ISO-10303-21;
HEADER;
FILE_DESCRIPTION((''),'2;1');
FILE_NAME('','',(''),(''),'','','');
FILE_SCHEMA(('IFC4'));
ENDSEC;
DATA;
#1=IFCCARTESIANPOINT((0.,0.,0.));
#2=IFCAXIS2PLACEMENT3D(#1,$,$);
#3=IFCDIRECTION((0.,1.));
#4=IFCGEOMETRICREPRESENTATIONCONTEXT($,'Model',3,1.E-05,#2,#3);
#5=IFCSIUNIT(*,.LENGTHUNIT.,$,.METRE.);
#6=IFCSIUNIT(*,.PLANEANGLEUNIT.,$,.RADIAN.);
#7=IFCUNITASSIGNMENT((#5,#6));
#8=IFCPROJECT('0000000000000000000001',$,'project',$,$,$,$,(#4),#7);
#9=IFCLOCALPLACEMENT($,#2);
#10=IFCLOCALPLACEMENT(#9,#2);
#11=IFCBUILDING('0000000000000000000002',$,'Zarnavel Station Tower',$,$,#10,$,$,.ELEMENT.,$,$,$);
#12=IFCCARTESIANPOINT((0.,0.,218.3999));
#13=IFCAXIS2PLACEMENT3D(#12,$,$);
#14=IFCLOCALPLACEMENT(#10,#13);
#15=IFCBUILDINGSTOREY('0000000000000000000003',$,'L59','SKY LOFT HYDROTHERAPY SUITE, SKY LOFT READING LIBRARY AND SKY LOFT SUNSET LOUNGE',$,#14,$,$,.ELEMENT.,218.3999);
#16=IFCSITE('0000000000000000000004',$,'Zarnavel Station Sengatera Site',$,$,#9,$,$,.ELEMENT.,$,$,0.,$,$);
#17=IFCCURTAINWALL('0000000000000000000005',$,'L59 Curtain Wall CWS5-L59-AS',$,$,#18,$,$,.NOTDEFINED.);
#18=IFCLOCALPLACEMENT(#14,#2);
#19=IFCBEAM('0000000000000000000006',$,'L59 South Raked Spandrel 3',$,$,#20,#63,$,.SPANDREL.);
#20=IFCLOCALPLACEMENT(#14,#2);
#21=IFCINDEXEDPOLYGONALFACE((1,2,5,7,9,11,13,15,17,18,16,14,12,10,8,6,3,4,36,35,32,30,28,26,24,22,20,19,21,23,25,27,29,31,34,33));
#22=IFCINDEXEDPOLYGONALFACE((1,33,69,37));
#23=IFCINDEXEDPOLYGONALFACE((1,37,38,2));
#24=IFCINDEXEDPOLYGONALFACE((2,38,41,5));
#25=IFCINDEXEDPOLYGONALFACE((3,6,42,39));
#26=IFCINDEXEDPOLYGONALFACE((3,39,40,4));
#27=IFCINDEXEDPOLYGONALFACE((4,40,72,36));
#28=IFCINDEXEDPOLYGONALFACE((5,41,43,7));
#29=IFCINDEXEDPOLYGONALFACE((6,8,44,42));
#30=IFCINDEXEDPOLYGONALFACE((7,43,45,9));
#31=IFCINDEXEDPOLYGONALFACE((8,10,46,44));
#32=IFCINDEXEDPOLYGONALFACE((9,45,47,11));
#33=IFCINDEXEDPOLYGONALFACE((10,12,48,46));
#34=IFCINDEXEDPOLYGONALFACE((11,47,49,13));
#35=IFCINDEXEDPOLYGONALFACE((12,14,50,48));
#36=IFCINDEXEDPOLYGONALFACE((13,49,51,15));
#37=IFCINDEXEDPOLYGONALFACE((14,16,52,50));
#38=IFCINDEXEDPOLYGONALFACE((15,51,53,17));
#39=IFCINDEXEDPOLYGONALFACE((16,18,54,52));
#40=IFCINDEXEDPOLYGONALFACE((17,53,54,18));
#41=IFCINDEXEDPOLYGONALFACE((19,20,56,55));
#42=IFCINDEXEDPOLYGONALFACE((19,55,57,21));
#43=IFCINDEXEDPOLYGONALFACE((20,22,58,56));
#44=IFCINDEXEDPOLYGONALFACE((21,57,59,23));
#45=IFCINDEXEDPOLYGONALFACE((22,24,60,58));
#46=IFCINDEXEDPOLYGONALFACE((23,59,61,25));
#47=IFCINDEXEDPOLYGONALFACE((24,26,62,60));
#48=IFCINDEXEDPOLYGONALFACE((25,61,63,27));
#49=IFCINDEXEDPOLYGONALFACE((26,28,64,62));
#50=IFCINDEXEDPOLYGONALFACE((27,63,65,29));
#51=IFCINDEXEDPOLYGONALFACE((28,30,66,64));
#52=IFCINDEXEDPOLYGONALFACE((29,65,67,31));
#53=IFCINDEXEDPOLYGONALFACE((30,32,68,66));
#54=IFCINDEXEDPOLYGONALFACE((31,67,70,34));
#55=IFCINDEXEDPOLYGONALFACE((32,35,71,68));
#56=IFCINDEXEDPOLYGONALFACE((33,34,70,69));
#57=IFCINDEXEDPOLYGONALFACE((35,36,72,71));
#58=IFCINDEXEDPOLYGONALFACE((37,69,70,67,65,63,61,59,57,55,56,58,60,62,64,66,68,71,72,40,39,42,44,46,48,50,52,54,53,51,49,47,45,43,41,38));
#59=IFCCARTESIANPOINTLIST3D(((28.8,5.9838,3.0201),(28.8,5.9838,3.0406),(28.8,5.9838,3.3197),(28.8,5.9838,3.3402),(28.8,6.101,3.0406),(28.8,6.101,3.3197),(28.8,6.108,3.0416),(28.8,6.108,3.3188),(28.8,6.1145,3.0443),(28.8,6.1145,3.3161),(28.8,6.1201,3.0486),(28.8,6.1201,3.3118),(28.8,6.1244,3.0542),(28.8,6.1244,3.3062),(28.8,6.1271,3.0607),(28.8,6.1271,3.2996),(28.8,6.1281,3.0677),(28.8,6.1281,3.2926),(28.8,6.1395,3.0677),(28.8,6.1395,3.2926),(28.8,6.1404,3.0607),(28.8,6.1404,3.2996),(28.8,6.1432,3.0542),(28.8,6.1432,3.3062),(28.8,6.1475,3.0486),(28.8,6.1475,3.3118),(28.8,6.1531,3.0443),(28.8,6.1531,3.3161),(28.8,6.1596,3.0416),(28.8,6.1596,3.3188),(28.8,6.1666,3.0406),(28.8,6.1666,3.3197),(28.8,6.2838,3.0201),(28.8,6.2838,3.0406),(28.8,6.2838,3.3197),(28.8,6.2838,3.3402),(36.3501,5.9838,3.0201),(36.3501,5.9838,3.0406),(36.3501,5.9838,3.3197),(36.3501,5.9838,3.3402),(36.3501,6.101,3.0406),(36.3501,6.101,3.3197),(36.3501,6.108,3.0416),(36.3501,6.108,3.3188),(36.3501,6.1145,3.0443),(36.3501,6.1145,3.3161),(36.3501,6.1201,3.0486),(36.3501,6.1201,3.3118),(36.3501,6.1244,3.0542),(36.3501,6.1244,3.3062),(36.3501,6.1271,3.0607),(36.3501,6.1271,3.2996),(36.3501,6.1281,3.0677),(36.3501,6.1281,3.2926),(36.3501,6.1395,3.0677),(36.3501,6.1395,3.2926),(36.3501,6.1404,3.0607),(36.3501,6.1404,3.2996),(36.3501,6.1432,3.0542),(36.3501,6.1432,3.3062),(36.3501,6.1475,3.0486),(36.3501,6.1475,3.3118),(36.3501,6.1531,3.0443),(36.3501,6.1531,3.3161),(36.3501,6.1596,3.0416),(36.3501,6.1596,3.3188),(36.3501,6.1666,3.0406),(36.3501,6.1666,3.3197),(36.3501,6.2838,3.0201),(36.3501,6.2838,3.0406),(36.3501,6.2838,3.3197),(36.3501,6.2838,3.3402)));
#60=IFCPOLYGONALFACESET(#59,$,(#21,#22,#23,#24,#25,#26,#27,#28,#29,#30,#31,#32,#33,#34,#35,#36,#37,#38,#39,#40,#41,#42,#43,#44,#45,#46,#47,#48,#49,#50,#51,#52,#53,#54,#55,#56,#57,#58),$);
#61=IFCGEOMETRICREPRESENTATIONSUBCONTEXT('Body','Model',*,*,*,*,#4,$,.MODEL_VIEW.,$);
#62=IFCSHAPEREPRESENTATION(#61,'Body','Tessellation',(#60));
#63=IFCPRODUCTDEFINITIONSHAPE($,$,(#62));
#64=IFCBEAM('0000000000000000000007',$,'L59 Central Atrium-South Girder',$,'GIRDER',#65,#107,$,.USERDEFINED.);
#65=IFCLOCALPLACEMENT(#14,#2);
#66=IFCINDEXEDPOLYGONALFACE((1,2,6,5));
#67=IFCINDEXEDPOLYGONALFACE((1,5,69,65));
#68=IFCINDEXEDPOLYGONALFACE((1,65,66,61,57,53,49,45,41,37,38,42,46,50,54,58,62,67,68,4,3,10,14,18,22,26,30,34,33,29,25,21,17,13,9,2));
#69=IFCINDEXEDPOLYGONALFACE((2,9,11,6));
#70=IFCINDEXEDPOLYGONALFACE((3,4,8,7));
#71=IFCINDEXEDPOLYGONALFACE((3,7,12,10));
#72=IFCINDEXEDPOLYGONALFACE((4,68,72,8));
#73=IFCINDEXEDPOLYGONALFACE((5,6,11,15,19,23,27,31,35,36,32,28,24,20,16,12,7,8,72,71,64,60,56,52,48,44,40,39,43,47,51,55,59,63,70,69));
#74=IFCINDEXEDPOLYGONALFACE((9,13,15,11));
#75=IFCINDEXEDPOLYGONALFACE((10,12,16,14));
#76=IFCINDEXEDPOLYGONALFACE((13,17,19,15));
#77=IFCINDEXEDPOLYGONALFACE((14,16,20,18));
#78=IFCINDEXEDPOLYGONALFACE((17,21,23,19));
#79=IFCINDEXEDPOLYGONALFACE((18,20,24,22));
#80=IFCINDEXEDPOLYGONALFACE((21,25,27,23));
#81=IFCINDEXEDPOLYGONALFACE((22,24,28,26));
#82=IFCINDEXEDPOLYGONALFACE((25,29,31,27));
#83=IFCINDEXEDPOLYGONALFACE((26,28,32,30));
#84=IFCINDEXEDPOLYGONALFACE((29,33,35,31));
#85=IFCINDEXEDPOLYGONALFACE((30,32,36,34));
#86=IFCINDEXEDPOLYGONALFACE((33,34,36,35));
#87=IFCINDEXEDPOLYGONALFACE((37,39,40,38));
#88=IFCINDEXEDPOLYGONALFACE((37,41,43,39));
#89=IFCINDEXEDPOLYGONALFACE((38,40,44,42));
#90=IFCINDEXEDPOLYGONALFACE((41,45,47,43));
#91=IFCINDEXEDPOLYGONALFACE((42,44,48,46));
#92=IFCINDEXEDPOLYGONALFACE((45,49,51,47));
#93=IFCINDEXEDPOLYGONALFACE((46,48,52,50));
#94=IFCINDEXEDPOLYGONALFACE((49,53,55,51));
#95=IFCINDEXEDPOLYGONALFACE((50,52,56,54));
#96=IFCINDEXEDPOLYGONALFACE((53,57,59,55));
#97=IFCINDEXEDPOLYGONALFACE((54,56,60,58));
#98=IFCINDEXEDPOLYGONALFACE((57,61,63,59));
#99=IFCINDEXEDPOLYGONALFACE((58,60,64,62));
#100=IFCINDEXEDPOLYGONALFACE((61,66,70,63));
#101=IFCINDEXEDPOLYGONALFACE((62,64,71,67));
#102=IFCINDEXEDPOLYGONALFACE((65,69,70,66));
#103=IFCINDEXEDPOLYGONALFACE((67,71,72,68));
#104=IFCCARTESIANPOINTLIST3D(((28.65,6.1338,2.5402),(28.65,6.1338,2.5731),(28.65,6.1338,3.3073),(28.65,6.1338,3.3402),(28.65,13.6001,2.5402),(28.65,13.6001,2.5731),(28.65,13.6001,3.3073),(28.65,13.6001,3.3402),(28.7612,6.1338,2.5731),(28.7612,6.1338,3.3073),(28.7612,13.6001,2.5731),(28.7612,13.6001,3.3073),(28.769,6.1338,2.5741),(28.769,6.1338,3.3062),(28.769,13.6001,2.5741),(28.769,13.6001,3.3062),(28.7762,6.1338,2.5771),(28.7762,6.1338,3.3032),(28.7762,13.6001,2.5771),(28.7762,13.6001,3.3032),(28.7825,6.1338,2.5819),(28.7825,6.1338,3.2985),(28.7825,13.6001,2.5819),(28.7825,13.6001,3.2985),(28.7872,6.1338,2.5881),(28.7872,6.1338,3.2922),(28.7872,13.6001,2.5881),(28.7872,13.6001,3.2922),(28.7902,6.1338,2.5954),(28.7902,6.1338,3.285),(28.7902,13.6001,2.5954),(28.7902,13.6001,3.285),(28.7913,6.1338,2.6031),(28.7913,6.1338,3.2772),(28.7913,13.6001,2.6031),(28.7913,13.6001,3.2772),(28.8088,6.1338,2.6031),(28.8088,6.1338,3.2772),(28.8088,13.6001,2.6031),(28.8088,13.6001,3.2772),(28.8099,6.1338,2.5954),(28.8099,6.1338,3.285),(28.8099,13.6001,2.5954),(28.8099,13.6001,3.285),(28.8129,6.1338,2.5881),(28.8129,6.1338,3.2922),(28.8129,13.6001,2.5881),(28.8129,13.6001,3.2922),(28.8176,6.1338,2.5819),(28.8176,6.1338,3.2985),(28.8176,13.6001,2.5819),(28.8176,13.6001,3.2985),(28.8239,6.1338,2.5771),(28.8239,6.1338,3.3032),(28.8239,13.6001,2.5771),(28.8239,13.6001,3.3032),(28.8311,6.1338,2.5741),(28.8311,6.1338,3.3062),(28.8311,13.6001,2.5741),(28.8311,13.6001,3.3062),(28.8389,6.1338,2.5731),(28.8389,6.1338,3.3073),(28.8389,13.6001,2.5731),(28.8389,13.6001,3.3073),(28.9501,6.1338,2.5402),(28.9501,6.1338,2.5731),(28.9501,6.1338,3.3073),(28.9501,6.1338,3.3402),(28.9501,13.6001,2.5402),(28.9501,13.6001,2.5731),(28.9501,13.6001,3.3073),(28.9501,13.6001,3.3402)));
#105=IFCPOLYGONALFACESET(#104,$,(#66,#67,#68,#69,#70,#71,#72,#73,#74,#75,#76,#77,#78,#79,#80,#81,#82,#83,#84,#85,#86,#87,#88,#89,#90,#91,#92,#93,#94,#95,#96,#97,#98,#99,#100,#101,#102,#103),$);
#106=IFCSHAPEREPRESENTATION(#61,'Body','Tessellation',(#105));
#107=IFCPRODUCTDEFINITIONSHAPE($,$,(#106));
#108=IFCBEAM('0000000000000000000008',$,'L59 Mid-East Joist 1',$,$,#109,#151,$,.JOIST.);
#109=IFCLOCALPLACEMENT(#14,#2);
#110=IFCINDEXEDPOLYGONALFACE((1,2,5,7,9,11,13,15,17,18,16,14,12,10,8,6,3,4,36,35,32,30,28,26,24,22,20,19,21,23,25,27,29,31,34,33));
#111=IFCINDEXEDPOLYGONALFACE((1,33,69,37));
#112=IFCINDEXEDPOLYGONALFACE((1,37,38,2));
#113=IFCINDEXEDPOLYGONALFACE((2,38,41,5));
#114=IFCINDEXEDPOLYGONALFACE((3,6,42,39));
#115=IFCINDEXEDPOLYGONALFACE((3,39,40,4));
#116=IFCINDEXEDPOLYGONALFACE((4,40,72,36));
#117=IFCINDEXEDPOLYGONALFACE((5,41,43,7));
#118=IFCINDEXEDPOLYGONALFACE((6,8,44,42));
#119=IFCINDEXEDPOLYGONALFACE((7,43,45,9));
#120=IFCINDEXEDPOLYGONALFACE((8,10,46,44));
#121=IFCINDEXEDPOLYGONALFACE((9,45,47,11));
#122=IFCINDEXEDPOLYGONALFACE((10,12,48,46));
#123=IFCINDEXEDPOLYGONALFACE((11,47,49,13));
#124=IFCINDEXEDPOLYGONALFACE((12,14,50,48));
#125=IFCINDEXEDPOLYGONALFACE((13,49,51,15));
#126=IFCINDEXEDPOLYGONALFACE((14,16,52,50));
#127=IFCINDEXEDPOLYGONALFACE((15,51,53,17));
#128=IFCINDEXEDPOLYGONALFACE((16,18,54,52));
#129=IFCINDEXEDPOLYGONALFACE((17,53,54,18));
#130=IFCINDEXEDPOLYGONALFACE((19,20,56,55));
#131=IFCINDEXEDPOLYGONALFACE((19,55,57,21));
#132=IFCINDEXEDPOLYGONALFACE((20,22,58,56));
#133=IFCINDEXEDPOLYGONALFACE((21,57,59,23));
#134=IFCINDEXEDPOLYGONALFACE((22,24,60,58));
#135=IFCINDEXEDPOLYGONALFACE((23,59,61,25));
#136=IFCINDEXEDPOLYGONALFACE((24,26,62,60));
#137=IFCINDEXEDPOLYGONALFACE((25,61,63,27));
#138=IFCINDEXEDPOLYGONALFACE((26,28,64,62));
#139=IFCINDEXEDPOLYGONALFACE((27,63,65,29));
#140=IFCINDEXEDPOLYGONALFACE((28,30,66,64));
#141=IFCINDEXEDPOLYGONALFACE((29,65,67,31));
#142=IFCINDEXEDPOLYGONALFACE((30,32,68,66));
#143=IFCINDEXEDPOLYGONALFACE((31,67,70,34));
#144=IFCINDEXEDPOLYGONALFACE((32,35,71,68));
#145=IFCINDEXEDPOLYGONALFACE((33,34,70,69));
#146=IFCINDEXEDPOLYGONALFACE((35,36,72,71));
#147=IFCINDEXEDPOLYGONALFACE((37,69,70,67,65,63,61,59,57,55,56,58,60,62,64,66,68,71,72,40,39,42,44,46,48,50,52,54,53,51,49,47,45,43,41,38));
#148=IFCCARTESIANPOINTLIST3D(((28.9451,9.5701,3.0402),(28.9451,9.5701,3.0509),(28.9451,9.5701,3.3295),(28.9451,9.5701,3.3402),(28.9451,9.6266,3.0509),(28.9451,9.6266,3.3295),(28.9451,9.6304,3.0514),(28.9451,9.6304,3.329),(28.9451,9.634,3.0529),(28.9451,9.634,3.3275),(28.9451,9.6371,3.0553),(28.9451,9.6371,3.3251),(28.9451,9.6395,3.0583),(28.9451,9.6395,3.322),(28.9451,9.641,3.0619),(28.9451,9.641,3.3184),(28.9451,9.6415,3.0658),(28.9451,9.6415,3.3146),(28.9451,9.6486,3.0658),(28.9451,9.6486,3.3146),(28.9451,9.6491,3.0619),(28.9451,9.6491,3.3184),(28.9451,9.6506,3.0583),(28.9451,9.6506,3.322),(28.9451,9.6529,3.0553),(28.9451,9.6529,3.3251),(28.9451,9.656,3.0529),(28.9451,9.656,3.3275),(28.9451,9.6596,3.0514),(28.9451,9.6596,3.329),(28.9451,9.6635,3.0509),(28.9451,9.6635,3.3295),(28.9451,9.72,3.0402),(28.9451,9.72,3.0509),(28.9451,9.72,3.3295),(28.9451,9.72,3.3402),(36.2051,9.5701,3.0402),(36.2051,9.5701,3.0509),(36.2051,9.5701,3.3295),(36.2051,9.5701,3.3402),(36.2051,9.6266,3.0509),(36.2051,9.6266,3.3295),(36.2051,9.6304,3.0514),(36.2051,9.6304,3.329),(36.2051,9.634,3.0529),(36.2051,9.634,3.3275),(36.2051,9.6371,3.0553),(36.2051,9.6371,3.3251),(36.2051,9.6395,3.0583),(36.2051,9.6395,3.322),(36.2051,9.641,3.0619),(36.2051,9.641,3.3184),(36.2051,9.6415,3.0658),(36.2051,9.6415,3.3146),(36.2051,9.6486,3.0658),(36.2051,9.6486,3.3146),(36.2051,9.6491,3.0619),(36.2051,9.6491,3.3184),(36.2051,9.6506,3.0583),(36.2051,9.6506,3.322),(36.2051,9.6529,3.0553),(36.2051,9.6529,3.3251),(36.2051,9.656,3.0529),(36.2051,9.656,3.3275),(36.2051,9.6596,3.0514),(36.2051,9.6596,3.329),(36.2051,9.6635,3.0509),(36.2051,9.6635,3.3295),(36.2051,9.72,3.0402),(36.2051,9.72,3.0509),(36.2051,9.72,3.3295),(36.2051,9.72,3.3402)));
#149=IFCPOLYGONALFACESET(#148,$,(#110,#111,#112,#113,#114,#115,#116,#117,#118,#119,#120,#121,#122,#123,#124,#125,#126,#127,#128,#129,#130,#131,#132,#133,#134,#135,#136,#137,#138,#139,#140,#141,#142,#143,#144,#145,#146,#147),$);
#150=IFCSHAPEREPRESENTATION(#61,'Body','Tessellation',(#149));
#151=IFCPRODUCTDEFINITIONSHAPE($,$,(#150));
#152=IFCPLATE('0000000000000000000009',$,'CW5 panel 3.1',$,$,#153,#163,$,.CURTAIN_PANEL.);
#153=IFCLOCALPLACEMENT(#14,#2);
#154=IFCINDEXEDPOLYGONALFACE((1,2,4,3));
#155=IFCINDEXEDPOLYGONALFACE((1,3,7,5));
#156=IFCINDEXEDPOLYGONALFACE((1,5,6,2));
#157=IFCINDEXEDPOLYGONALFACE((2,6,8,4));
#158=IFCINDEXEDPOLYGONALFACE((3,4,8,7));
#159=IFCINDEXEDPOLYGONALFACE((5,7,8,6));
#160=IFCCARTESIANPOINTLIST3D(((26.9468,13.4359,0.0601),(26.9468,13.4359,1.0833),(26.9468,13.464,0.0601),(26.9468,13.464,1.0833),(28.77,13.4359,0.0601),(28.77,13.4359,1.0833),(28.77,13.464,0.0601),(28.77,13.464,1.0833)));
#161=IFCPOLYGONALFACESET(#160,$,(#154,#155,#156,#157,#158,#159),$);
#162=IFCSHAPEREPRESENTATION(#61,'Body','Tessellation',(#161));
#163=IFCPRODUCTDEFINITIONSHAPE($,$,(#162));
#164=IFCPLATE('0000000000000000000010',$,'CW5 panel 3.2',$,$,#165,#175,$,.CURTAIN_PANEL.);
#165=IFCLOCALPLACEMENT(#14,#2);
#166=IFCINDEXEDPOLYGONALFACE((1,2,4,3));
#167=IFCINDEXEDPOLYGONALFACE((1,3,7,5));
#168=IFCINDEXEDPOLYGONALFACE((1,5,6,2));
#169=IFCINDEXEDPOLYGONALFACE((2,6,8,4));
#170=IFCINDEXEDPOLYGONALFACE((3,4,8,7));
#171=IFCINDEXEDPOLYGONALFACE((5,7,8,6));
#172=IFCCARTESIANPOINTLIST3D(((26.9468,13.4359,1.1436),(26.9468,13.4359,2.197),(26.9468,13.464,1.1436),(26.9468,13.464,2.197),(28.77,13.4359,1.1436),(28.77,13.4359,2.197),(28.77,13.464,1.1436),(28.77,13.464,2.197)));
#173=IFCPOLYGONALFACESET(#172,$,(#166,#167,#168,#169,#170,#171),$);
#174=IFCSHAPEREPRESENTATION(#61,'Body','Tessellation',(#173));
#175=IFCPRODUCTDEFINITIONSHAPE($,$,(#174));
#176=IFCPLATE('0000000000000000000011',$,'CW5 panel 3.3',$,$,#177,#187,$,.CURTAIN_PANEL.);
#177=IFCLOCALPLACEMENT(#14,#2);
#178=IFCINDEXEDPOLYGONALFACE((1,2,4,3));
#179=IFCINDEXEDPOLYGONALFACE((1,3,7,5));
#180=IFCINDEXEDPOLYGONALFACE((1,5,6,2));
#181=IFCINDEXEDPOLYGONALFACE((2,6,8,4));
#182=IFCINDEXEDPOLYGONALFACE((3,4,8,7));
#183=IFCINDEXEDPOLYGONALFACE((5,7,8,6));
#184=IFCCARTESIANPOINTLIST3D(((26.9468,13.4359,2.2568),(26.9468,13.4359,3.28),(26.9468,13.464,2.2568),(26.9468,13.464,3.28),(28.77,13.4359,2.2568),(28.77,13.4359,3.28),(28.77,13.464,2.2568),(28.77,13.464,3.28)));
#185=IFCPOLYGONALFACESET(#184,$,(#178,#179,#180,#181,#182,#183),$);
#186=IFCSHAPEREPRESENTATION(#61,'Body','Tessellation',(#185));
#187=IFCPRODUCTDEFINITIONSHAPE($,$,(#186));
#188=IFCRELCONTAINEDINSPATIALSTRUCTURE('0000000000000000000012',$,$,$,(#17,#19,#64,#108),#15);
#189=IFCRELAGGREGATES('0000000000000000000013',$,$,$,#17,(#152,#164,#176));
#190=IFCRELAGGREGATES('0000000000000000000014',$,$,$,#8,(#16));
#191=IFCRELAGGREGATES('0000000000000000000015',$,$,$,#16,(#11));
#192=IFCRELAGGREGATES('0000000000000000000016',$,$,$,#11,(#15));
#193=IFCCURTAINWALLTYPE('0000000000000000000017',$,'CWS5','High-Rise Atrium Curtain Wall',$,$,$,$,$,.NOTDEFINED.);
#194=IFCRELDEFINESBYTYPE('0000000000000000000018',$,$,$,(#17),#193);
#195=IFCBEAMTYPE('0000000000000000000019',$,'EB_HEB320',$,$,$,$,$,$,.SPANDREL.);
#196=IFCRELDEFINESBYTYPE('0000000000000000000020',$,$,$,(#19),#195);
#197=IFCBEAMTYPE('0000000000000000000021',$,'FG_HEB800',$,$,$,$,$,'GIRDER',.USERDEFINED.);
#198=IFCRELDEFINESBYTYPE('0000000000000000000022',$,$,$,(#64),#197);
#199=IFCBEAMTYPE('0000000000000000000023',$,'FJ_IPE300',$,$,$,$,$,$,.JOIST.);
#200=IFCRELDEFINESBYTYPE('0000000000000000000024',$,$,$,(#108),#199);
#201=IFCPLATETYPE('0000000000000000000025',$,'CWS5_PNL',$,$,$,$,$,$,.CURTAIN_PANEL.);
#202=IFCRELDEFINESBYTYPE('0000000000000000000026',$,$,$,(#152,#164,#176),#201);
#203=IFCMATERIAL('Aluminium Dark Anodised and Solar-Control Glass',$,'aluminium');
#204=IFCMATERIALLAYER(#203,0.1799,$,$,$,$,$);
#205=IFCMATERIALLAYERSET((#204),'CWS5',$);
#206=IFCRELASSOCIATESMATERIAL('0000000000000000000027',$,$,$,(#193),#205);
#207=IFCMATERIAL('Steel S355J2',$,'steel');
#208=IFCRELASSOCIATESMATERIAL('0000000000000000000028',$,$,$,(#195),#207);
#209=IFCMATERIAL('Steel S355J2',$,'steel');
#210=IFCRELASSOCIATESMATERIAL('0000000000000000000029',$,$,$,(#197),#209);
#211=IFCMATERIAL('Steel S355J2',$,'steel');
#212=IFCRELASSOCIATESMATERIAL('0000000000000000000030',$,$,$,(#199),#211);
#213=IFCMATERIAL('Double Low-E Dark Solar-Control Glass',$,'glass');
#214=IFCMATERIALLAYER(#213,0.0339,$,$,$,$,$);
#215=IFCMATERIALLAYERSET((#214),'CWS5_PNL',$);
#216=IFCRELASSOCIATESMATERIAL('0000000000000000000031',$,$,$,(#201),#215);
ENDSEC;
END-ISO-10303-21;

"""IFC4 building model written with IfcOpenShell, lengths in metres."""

from ifc_helpers import new_model, si_unit, direction, frame, origin, origin_2d, place, context, subcontext, project, spatial, rectangle, i_section, extrude, material, layer, layer_set, material_profile, profile_set, type_object, element, aggregate, save


model = new_model("IFC4")

# Units and contexts
model_context = context("Model", 3, precision=1e-05, world=origin(), true_north=direction((0.0, 1.0)))
body_context = subcontext(model_context, "Body", "Model", "MODEL_VIEW")
ifc_project = project(units=[si_unit("LENGTHUNIT", "METRE"), si_unit("PLANEANGLEUNIT", "RADIAN")], contexts=[model_context])

# Site, building, storey
site_placement = place(None, origin())
site = spatial("IfcSite", under=ifc_project, at=site_placement, Name="Zarnavel Station Sengatera Site", CompositionType="ELEMENT", RefElevation=0.0)
building_placement = place(site_placement, origin())
building = spatial("IfcBuilding", under=site, at=building_placement, Name="Zarnavel Station Tower", CompositionType="ELEMENT")
storey_placement = place(building_placement, frame((0.0, 0.0, 218.3999)))
storey = spatial("IfcBuildingStorey", under=building, at=storey_placement, Name="L59", Description="SKY LOFT HYDROTHERAPY SUITE, SKY LOFT READING LIBRARY AND SKY LOFT SUNSET LOUNGE", CompositionType="ELEMENT", Elevation=218.3999)

# Curtain wall
ifc_material_1 = material(Name="Aluminium Dark Anodised and Solar-Control Glass", Category="aluminium")
ifc_layer_1 = layer(ifc_material_1, 0.1799)
ifc_layer_set_1 = layer_set([ifc_layer_1], Name="CWS5")
curtain_wall_type = type_object("IfcCurtainWallType", Name="CWS5", Description="High-Rise Atrium Curtain Wall", PredefinedType="NOTDEFINED", material=ifc_layer_set_1)
curtain_wall_placement = place(storey_placement, origin())
curtain_wall = element("IfcCurtainWall", 1, at=curtain_wall_placement, inside=storey, type_object=curtain_wall_type, Name="L59 Curtain Wall CWS5-L59-AS", PredefinedType="NOTDEFINED")

# Beams
ifc_material_2 = material(Name="Steel S355J2", Category="steel")
ifc_material_profile_1 = material_profile(ifc_material_2, i_section(OverallWidth=0.3, OverallDepth=0.3201, WebThickness=0.0115, FlangeThickness=0.0205, FilletRadius=0.0271, at=origin_2d()), Name="HEB320")
ifc_profile_set_1 = profile_set([ifc_material_profile_1], Name="Steel S355J2")
beam_type_1 = type_object("IfcBeamType", Name="EB_HEB320", PredefinedType="SPANDREL", material=ifc_profile_set_1)
beam_1_placement = place(storey_placement, frame((28.8, 6.1338, 3.1802), z_axis=(1.0, 0.0, 0.0), x_axis=(0.0, 1.0, 0.0)))
element("IfcBeam", 2, at=beam_1_placement, inside=storey, type_object=beam_type_1, Name="L59 South Raked Spandrel 3", PredefinedType="SPANDREL", context=body_context, shape_type="SweptSolid", body=[
    extrude(i_section(OverallWidth=0.3, OverallDepth=0.3201, WebThickness=0.0115, FlangeThickness=0.0205, FilletRadius=0.0271, at=origin_2d()), origin(), (0.0, 0.0, 1.0), 7.55),
])
ifc_material_3 = material(Name="Steel S355J2", Category="steel")
ifc_material_profile_2 = material_profile(ifc_material_3, i_section(OverallWidth=0.3, OverallDepth=0.8, WebThickness=0.0176, FlangeThickness=0.033, FilletRadius=0.03, at=origin_2d()), Name="HEB800")
ifc_profile_set_2 = profile_set([ifc_material_profile_2], Name="Steel S355J2")
beam_type_2 = type_object("IfcBeamType", Name="FG_HEB800", ElementType="GIRDER", PredefinedType="USERDEFINED", material=ifc_profile_set_2)
beam_2_placement = place(storey_placement, frame((28.8, 6.1338, 2.9402), z_axis=(0.0, 1.0, 0.0), x_axis=(-1.0, 0.0, 0.0)))
element("IfcBeam", 3, at=beam_2_placement, inside=storey, type_object=beam_type_2, Name="L59 Central Atrium-South Girder", ObjectType="GIRDER", PredefinedType="USERDEFINED", context=body_context, shape_type="SweptSolid", body=[
    extrude(i_section(OverallWidth=0.3, OverallDepth=0.8, WebThickness=0.0176, FlangeThickness=0.033, FilletRadius=0.03, at=origin_2d()), origin(), (0.0, 0.0, 1.0), 7.4663),
])
ifc_material_4 = material(Name="Steel S355J2", Category="steel")
ifc_material_profile_3 = material_profile(ifc_material_4, i_section(OverallWidth=0.1499, OverallDepth=0.3, WebThickness=0.0071, FlangeThickness=0.0107, FilletRadius=0.0149, at=origin_2d()), Name="IPE300")
ifc_profile_set_3 = profile_set([ifc_material_profile_3], Name="Steel S355J2")
beam_type_3 = type_object("IfcBeamType", Name="FJ_IPE300", PredefinedType="JOIST", material=ifc_profile_set_3)
beam_3_placement = place(storey_placement, frame((28.9451, 9.645, 3.1902), z_axis=(1.0, 0.0, 0.0), x_axis=(0.0, 1.0, 0.0)))
element("IfcBeam", 4, at=beam_3_placement, inside=storey, type_object=beam_type_3, Name="L59 Mid-East Joist 1", PredefinedType="JOIST", context=body_context, shape_type="SweptSolid", body=[
    extrude(i_section(OverallWidth=0.1499, OverallDepth=0.3, WebThickness=0.0071, FlangeThickness=0.0107, FilletRadius=0.0149, at=origin_2d()), origin(), (0.0, 0.0, 1.0), 7.26),
])

# Plates
ifc_material_5 = material(Name="Double Low-E Dark Solar-Control Glass", Category="glass")
ifc_layer_2 = layer(ifc_material_5, 0.0339)
ifc_layer_set_2 = layer_set([ifc_layer_2], Name="CWS5_PNL")
plate_type = type_object("IfcPlateType", Name="CWS5_PNL", PredefinedType="CURTAIN_PANEL", material=ifc_layer_set_2)
plate_1_placement = place(storey_placement, frame((27.8584, 13.45, 0.0601), z_axis=(0.0, 0.0, 1.0), x_axis=(1.0, 0.0, 0.0)))
plate_1 = element("IfcPlate", 5, at=plate_1_placement, type_object=plate_type, Name="CW5 panel 3.1", PredefinedType="CURTAIN_PANEL", context=body_context, shape_type="SweptSolid", body=[
    extrude(rectangle(XDim=1.8232, YDim=0.0281, at=origin_2d()), origin(), (0.0, 0.0, 1.0), 1.0232),
])
plate_2_placement = place(storey_placement, frame((27.8584, 13.45, 1.1436), z_axis=(0.0, 0.0, 1.0), x_axis=(1.0, 0.0, 0.0)))
plate_2 = element("IfcPlate", 6, at=plate_2_placement, type_object=plate_type, Name="CW5 panel 3.2", PredefinedType="CURTAIN_PANEL", context=body_context, shape_type="SweptSolid", body=[
    extrude(rectangle(XDim=1.8232, YDim=0.0281, at=origin_2d()), origin(), (0.0, 0.0, 1.0), 1.0535),
])
plate_3_placement = place(storey_placement, frame((27.8584, 13.45, 2.2568), z_axis=(0.0, 0.0, 1.0), x_axis=(1.0, 0.0, 0.0)))
plate_3 = element("IfcPlate", 7, at=plate_3_placement, type_object=plate_type, Name="CW5 panel 3.3", PredefinedType="CURTAIN_PANEL", context=body_context, shape_type="SweptSolid", body=[
    extrude(rectangle(XDim=1.8232, YDim=0.0281, at=origin_2d()), origin(), (0.0, 0.0, 1.0), 1.0232),
])
aggregate(curtain_wall, [plate_1, plate_2, plate_3])

save(model, "model.ifc")
